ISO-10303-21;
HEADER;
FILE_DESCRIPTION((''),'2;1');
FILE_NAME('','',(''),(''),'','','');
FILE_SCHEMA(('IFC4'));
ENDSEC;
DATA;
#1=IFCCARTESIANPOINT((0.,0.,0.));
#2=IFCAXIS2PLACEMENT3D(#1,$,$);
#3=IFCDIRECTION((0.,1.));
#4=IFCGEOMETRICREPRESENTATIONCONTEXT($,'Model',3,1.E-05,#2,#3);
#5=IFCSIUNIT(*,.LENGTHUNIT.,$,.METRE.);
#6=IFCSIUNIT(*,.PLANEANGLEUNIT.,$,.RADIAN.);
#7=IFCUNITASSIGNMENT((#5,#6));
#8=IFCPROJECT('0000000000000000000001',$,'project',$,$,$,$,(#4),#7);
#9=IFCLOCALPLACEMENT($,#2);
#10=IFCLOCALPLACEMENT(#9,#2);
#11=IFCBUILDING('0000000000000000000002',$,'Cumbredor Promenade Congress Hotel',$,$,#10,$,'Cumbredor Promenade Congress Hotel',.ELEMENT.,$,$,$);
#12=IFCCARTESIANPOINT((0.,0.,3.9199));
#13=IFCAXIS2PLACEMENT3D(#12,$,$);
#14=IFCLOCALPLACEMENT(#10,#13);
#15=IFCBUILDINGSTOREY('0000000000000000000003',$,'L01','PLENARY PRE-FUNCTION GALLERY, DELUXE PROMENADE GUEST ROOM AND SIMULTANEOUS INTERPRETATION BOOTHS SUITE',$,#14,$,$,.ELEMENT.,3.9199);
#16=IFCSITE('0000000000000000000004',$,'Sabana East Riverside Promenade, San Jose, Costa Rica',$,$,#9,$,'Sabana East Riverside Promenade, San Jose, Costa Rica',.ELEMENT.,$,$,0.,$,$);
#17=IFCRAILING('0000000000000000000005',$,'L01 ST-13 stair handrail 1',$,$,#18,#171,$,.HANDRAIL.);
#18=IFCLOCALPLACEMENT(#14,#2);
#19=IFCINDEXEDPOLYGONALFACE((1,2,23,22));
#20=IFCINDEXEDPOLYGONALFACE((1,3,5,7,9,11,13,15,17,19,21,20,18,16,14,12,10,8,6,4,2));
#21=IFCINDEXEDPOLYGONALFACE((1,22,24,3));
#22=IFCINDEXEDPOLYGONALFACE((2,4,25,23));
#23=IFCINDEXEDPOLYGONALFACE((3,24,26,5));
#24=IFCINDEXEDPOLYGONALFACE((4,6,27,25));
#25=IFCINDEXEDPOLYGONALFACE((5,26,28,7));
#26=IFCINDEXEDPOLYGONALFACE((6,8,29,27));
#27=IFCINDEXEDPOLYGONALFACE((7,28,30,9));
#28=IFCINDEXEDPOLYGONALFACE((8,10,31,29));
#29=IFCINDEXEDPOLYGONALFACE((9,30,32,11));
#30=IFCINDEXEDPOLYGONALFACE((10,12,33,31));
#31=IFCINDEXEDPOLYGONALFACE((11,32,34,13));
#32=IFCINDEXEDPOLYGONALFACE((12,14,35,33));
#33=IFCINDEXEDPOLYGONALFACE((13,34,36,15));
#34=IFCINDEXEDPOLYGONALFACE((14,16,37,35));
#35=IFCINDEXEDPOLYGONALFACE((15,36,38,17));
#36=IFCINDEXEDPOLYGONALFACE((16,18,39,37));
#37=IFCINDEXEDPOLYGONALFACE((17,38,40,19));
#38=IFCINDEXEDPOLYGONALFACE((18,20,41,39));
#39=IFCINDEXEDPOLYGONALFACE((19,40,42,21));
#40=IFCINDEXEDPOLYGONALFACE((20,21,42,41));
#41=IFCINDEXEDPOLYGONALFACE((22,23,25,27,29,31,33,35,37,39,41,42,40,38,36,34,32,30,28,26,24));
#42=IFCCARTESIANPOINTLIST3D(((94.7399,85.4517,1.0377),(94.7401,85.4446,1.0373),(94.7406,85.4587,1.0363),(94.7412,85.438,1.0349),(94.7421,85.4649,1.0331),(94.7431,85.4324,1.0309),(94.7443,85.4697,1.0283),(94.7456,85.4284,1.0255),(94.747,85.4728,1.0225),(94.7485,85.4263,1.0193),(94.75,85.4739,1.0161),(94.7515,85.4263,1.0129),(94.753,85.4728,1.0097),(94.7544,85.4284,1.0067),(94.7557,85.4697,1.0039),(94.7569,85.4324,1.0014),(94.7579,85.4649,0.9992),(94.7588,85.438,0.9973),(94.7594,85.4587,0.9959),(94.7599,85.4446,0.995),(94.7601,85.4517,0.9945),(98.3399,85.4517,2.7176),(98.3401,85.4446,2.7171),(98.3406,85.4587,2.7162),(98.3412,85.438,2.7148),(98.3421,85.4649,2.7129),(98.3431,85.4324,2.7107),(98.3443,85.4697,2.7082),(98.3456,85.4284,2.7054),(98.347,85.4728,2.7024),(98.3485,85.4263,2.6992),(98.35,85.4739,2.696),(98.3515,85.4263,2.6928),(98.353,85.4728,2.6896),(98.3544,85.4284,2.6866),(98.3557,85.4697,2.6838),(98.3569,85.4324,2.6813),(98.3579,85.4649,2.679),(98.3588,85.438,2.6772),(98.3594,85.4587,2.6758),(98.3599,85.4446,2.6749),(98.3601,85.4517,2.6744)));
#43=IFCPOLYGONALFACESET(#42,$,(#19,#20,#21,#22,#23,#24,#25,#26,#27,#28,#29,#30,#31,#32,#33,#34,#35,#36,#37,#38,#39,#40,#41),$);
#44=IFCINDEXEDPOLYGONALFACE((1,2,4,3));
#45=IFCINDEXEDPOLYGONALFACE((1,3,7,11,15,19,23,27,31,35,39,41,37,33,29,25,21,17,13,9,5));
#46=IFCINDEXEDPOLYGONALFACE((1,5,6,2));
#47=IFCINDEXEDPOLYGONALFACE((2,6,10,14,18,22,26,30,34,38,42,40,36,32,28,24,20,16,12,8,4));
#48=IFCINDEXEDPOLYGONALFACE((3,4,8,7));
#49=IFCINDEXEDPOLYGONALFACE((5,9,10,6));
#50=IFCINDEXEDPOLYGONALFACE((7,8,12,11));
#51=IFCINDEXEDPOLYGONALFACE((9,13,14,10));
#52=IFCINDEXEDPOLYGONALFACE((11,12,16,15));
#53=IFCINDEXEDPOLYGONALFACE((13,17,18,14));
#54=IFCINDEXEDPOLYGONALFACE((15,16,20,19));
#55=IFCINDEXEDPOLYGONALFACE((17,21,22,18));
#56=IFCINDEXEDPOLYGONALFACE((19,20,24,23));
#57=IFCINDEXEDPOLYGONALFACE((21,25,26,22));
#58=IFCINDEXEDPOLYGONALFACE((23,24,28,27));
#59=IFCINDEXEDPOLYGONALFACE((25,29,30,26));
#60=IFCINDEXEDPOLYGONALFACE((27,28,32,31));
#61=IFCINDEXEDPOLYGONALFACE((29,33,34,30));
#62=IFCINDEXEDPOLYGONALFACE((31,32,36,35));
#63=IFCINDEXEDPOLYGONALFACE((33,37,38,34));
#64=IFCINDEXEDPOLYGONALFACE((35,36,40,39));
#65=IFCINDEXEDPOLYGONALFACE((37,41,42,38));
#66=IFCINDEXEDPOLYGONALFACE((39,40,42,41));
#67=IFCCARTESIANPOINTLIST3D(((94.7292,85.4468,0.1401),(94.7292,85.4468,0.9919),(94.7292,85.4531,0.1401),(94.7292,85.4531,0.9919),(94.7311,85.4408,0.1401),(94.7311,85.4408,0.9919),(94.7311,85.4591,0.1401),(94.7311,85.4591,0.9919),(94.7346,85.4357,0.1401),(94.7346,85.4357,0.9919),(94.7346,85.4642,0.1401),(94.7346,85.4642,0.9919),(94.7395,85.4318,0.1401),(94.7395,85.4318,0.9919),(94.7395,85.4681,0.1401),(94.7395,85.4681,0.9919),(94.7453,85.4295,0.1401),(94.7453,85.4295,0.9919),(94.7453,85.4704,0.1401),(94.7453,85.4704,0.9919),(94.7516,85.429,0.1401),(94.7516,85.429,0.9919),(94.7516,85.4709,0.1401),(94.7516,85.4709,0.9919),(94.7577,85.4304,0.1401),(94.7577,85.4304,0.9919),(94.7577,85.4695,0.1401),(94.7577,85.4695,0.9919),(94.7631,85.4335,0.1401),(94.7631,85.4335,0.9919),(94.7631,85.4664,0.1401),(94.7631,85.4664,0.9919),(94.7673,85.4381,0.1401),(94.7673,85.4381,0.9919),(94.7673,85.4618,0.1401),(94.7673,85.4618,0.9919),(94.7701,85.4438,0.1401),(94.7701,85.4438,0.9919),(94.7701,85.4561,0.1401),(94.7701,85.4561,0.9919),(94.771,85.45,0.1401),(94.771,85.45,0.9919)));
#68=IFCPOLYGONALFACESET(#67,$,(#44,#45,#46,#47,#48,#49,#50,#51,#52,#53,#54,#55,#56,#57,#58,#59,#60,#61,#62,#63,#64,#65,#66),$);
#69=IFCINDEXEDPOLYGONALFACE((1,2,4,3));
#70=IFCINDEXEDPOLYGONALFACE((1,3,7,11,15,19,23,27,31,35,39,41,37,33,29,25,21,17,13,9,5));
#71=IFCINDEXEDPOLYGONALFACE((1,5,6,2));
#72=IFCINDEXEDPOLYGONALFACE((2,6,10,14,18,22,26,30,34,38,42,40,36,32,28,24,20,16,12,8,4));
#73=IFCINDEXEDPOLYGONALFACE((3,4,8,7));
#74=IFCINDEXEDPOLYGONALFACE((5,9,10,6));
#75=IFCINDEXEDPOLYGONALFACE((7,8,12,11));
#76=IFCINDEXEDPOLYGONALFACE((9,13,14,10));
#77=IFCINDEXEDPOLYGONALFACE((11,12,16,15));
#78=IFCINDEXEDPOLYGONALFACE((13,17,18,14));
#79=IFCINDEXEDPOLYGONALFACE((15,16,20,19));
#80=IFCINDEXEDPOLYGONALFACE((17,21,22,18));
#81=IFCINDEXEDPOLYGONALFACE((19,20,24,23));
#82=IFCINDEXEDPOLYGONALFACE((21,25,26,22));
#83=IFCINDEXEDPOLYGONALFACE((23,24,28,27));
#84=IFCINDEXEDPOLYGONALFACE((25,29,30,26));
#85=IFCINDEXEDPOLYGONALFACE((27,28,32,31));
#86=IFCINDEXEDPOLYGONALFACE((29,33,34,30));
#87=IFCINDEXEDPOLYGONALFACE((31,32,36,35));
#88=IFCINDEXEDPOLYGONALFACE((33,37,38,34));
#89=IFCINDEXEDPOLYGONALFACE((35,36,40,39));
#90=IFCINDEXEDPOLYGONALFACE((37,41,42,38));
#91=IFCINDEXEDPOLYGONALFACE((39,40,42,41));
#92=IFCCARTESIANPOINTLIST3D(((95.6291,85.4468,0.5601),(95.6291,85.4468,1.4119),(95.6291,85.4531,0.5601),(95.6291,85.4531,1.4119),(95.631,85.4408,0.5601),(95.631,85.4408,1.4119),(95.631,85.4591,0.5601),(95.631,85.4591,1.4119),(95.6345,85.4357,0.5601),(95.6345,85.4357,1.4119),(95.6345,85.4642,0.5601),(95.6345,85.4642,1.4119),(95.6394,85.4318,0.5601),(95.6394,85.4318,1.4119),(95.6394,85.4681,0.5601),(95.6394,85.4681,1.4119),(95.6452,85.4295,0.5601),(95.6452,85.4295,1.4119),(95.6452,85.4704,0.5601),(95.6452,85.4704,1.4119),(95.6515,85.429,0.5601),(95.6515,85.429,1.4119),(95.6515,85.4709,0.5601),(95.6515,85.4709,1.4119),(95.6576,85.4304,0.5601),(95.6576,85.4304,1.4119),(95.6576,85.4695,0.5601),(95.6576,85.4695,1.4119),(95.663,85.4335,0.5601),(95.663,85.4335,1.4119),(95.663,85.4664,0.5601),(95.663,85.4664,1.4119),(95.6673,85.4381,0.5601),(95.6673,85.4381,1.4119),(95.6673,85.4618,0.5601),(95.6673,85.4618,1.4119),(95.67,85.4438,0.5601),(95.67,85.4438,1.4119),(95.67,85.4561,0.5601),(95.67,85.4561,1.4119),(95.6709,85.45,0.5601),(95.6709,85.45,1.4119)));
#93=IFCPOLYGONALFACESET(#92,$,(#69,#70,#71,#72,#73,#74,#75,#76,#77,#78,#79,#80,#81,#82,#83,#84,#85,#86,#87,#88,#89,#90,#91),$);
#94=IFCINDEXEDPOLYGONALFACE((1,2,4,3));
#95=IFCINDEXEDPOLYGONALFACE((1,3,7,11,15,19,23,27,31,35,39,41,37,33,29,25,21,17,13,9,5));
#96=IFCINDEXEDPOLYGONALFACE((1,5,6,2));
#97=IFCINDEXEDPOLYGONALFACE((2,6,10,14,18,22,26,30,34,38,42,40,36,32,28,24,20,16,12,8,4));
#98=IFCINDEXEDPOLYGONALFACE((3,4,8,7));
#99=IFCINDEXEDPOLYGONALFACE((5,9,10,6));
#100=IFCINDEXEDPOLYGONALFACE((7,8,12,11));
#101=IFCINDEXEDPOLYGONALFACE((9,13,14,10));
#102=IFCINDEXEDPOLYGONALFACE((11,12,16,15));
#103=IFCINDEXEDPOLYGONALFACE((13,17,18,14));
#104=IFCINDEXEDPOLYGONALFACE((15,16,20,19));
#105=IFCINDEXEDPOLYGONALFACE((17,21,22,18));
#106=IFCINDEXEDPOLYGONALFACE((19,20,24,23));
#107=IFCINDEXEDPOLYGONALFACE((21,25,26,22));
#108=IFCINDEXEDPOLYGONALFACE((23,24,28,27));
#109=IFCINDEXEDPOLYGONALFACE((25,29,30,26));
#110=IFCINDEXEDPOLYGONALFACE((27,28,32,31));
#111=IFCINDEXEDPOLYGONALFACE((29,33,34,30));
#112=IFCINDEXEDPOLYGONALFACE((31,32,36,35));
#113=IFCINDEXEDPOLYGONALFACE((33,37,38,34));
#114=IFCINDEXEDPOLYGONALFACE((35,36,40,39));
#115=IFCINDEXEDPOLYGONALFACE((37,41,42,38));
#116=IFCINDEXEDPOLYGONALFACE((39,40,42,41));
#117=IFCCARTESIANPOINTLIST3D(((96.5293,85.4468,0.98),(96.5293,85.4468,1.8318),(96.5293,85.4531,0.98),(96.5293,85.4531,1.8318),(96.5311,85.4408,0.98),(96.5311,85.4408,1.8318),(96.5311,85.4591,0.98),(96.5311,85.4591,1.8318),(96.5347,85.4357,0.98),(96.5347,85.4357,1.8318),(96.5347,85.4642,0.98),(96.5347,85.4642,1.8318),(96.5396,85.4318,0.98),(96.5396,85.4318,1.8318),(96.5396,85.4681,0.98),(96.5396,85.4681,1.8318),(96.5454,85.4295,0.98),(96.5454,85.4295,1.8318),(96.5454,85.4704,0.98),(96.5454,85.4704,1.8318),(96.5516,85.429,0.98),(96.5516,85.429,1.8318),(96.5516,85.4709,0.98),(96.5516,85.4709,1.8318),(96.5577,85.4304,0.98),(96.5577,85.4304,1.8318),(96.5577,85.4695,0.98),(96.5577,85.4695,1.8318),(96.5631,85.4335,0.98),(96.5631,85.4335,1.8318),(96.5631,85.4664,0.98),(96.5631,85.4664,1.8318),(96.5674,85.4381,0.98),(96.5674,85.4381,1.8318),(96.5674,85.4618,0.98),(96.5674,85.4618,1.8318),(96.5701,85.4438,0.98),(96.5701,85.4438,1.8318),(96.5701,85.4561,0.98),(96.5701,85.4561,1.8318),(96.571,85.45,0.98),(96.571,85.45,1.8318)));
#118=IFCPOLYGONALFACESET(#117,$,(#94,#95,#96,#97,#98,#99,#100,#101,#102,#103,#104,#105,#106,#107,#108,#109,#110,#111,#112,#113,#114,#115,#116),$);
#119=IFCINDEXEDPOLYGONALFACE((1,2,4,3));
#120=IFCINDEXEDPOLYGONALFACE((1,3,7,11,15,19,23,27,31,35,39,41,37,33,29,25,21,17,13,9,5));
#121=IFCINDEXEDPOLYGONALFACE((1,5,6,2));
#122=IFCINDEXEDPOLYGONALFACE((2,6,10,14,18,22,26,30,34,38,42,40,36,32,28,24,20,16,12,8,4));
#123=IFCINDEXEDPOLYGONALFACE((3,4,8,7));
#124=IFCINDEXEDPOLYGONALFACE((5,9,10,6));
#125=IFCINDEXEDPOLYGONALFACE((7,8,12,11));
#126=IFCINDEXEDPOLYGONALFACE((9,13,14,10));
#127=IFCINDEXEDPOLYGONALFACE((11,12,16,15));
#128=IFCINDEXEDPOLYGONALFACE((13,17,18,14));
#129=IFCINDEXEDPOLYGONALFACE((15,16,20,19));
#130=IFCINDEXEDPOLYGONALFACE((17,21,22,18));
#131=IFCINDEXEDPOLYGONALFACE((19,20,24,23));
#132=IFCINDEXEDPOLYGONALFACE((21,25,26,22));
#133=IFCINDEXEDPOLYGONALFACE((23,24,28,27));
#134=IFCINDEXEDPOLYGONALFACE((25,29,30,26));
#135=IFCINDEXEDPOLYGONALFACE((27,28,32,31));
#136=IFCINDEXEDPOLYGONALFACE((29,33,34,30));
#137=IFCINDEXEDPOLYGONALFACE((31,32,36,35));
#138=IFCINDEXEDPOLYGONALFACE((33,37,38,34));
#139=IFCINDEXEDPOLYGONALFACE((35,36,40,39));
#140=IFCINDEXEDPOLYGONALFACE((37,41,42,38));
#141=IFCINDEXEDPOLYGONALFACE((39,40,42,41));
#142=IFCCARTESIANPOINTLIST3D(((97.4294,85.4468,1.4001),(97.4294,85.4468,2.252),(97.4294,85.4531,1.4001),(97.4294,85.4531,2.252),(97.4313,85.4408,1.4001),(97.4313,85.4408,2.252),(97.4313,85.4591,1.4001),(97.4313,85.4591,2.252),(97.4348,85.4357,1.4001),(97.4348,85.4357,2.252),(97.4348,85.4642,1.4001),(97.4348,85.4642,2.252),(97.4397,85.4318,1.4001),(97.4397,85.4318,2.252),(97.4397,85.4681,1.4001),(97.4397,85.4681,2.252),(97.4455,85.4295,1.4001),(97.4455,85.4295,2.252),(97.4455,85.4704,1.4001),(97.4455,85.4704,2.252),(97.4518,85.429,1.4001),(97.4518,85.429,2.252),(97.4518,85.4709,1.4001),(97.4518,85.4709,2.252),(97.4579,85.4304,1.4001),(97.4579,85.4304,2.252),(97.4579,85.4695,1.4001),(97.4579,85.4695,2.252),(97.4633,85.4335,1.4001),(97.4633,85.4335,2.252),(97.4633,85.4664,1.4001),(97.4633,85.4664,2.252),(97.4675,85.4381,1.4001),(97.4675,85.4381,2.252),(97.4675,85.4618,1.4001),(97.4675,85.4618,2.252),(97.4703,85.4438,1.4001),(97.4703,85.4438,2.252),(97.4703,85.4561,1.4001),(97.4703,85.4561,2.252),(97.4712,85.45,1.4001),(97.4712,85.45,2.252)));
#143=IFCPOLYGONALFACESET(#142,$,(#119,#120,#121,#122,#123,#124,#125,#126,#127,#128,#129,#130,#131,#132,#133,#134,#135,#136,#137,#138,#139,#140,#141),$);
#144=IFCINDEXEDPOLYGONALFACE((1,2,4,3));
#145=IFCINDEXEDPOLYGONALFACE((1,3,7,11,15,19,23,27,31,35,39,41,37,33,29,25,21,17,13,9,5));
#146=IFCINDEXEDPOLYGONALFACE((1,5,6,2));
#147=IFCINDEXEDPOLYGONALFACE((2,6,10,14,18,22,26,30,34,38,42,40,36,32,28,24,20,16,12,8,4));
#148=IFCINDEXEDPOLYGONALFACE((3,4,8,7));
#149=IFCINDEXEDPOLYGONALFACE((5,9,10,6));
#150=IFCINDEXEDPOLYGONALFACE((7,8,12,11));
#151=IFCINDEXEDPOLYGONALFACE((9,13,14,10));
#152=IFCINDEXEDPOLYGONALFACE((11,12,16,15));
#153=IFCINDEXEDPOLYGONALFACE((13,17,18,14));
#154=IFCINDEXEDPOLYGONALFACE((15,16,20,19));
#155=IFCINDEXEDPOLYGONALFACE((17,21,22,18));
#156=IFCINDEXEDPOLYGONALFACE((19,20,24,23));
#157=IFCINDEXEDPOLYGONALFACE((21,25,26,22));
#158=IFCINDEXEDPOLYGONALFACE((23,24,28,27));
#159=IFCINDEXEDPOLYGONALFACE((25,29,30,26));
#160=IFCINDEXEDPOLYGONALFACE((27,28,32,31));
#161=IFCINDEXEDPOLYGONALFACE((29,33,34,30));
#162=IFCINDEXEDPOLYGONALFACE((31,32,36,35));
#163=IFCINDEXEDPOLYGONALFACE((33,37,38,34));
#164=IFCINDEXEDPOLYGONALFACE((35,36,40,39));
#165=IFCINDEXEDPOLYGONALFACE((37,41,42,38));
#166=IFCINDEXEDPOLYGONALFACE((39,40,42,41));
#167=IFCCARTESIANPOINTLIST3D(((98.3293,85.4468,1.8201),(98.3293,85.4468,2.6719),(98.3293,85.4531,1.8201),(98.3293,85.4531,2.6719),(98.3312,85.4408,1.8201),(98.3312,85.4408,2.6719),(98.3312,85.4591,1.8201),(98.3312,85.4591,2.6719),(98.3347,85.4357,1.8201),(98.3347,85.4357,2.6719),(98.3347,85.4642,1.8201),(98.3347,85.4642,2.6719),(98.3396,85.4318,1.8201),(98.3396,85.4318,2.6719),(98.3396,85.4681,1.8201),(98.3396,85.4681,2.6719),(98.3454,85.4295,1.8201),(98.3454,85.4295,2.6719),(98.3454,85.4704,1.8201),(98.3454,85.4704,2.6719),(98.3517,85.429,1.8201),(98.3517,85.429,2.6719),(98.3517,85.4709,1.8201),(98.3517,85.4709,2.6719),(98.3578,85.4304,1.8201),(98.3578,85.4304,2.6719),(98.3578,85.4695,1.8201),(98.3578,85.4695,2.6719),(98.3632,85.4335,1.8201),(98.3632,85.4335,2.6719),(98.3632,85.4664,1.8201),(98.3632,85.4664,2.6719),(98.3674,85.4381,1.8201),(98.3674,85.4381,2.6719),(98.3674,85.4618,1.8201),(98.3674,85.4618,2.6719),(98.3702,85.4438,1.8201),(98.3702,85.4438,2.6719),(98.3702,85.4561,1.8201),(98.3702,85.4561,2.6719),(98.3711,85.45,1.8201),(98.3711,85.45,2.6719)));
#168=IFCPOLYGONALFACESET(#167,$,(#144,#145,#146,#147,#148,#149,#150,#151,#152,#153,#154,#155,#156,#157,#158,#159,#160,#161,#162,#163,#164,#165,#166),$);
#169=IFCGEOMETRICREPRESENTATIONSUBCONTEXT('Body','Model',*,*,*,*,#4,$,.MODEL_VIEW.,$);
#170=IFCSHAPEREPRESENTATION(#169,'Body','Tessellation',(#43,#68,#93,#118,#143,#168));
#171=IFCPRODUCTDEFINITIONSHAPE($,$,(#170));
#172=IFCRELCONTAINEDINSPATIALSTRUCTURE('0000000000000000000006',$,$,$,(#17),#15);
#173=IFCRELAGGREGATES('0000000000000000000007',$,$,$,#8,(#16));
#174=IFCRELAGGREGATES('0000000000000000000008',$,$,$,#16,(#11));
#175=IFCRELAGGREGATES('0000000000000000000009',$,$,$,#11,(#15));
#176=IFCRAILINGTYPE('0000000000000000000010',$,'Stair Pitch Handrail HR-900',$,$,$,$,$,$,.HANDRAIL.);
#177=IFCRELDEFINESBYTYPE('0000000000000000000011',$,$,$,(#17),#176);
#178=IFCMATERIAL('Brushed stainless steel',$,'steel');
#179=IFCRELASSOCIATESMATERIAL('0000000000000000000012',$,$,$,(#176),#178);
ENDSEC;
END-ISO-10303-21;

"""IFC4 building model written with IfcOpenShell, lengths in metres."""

from ifc_helpers import new_model, si_unit, direction, frame, origin, origin_2d, place, context, subcontext, project, spatial, circle, extrude, material, type_object, element, save


model = new_model("IFC4")

# Units and contexts
model_context = context("Model", 3, precision=1e-05, world=origin(), true_north=direction((0.0, 1.0)))
body_context = subcontext(model_context, "Body", "Model", "MODEL_VIEW")
ifc_project = project(units=[si_unit("LENGTHUNIT", "METRE"), si_unit("PLANEANGLEUNIT", "RADIAN")], contexts=[model_context])

# Site, building, storey
site_placement = place(None, origin())
site = spatial("IfcSite", under=ifc_project, at=site_placement, Name="Sabana East Riverside Promenade, San Jose, Costa Rica", LongName="Sabana East Riverside Promenade, San Jose, Costa Rica", CompositionType="ELEMENT", RefElevation=0.0)
building_placement = place(site_placement, origin())
building = spatial("IfcBuilding", under=site, at=building_placement, Name="Cumbredor Promenade Congress Hotel", LongName="Cumbredor Promenade Congress Hotel", CompositionType="ELEMENT")
storey_placement = place(building_placement, frame((0.0, 0.0, 3.9199)))
storey = spatial("IfcBuildingStorey", under=building, at=storey_placement, Name="L01", Description="PLENARY PRE-FUNCTION GALLERY, DELUXE PROMENADE GUEST ROOM AND SIMULTANEOUS INTERPRETATION BOOTHS SUITE", CompositionType="ELEMENT", Elevation=3.9199)

# Railing
ifc_material_1 = material(Name="Brushed stainless steel", Category="steel")
railing_type_1 = type_object("IfcRailingType", Name="Stair Pitch Handrail HR-900", PredefinedType="HANDRAIL", material=ifc_material_1)
railing_1_placement = place(storey_placement, frame((94.75, 85.45, 0.1401)))
element("IfcRailing", 1, at=railing_1_placement, inside=storey, type_object=railing_type_1, Name="L01 ST-13 stair handrail 1", PredefinedType="HANDRAIL", context=body_context, shape_type="SweptSolid", body=[
    extrude(circle(Radius=0.0239, at=origin_2d()), frame((0.0, 0.0, 0.876), z_axis=(0.906194, 0.0, 0.422862), x_axis=(0.0, 1.0, 0.0)), (0.0, 0.0, 1.0), 3.9727),
    extrude(circle(Radius=0.021, at=origin_2d()), origin(), (0.0, 0.0, 1.0), 0.8518),
    extrude(circle(Radius=0.021, at=origin_2d()), frame((0.8999, 0.0, 0.4199)), (0.0, 0.0, 1.0), 0.8518),
    extrude(circle(Radius=0.021, at=origin_2d()), frame((1.8, 0.0, 0.8398)), (0.0, 0.0, 1.0), 0.8518),
    extrude(circle(Radius=0.021, at=origin_2d()), frame((2.7002, 0.0, 1.26)), (0.0, 0.0, 1.0), 0.8518),
    extrude(circle(Radius=0.021, at=origin_2d()), frame((3.6001, 0.0, 1.6799)), (0.0, 0.0, 1.0), 0.8518),
])

save(model, "model.ifc")
